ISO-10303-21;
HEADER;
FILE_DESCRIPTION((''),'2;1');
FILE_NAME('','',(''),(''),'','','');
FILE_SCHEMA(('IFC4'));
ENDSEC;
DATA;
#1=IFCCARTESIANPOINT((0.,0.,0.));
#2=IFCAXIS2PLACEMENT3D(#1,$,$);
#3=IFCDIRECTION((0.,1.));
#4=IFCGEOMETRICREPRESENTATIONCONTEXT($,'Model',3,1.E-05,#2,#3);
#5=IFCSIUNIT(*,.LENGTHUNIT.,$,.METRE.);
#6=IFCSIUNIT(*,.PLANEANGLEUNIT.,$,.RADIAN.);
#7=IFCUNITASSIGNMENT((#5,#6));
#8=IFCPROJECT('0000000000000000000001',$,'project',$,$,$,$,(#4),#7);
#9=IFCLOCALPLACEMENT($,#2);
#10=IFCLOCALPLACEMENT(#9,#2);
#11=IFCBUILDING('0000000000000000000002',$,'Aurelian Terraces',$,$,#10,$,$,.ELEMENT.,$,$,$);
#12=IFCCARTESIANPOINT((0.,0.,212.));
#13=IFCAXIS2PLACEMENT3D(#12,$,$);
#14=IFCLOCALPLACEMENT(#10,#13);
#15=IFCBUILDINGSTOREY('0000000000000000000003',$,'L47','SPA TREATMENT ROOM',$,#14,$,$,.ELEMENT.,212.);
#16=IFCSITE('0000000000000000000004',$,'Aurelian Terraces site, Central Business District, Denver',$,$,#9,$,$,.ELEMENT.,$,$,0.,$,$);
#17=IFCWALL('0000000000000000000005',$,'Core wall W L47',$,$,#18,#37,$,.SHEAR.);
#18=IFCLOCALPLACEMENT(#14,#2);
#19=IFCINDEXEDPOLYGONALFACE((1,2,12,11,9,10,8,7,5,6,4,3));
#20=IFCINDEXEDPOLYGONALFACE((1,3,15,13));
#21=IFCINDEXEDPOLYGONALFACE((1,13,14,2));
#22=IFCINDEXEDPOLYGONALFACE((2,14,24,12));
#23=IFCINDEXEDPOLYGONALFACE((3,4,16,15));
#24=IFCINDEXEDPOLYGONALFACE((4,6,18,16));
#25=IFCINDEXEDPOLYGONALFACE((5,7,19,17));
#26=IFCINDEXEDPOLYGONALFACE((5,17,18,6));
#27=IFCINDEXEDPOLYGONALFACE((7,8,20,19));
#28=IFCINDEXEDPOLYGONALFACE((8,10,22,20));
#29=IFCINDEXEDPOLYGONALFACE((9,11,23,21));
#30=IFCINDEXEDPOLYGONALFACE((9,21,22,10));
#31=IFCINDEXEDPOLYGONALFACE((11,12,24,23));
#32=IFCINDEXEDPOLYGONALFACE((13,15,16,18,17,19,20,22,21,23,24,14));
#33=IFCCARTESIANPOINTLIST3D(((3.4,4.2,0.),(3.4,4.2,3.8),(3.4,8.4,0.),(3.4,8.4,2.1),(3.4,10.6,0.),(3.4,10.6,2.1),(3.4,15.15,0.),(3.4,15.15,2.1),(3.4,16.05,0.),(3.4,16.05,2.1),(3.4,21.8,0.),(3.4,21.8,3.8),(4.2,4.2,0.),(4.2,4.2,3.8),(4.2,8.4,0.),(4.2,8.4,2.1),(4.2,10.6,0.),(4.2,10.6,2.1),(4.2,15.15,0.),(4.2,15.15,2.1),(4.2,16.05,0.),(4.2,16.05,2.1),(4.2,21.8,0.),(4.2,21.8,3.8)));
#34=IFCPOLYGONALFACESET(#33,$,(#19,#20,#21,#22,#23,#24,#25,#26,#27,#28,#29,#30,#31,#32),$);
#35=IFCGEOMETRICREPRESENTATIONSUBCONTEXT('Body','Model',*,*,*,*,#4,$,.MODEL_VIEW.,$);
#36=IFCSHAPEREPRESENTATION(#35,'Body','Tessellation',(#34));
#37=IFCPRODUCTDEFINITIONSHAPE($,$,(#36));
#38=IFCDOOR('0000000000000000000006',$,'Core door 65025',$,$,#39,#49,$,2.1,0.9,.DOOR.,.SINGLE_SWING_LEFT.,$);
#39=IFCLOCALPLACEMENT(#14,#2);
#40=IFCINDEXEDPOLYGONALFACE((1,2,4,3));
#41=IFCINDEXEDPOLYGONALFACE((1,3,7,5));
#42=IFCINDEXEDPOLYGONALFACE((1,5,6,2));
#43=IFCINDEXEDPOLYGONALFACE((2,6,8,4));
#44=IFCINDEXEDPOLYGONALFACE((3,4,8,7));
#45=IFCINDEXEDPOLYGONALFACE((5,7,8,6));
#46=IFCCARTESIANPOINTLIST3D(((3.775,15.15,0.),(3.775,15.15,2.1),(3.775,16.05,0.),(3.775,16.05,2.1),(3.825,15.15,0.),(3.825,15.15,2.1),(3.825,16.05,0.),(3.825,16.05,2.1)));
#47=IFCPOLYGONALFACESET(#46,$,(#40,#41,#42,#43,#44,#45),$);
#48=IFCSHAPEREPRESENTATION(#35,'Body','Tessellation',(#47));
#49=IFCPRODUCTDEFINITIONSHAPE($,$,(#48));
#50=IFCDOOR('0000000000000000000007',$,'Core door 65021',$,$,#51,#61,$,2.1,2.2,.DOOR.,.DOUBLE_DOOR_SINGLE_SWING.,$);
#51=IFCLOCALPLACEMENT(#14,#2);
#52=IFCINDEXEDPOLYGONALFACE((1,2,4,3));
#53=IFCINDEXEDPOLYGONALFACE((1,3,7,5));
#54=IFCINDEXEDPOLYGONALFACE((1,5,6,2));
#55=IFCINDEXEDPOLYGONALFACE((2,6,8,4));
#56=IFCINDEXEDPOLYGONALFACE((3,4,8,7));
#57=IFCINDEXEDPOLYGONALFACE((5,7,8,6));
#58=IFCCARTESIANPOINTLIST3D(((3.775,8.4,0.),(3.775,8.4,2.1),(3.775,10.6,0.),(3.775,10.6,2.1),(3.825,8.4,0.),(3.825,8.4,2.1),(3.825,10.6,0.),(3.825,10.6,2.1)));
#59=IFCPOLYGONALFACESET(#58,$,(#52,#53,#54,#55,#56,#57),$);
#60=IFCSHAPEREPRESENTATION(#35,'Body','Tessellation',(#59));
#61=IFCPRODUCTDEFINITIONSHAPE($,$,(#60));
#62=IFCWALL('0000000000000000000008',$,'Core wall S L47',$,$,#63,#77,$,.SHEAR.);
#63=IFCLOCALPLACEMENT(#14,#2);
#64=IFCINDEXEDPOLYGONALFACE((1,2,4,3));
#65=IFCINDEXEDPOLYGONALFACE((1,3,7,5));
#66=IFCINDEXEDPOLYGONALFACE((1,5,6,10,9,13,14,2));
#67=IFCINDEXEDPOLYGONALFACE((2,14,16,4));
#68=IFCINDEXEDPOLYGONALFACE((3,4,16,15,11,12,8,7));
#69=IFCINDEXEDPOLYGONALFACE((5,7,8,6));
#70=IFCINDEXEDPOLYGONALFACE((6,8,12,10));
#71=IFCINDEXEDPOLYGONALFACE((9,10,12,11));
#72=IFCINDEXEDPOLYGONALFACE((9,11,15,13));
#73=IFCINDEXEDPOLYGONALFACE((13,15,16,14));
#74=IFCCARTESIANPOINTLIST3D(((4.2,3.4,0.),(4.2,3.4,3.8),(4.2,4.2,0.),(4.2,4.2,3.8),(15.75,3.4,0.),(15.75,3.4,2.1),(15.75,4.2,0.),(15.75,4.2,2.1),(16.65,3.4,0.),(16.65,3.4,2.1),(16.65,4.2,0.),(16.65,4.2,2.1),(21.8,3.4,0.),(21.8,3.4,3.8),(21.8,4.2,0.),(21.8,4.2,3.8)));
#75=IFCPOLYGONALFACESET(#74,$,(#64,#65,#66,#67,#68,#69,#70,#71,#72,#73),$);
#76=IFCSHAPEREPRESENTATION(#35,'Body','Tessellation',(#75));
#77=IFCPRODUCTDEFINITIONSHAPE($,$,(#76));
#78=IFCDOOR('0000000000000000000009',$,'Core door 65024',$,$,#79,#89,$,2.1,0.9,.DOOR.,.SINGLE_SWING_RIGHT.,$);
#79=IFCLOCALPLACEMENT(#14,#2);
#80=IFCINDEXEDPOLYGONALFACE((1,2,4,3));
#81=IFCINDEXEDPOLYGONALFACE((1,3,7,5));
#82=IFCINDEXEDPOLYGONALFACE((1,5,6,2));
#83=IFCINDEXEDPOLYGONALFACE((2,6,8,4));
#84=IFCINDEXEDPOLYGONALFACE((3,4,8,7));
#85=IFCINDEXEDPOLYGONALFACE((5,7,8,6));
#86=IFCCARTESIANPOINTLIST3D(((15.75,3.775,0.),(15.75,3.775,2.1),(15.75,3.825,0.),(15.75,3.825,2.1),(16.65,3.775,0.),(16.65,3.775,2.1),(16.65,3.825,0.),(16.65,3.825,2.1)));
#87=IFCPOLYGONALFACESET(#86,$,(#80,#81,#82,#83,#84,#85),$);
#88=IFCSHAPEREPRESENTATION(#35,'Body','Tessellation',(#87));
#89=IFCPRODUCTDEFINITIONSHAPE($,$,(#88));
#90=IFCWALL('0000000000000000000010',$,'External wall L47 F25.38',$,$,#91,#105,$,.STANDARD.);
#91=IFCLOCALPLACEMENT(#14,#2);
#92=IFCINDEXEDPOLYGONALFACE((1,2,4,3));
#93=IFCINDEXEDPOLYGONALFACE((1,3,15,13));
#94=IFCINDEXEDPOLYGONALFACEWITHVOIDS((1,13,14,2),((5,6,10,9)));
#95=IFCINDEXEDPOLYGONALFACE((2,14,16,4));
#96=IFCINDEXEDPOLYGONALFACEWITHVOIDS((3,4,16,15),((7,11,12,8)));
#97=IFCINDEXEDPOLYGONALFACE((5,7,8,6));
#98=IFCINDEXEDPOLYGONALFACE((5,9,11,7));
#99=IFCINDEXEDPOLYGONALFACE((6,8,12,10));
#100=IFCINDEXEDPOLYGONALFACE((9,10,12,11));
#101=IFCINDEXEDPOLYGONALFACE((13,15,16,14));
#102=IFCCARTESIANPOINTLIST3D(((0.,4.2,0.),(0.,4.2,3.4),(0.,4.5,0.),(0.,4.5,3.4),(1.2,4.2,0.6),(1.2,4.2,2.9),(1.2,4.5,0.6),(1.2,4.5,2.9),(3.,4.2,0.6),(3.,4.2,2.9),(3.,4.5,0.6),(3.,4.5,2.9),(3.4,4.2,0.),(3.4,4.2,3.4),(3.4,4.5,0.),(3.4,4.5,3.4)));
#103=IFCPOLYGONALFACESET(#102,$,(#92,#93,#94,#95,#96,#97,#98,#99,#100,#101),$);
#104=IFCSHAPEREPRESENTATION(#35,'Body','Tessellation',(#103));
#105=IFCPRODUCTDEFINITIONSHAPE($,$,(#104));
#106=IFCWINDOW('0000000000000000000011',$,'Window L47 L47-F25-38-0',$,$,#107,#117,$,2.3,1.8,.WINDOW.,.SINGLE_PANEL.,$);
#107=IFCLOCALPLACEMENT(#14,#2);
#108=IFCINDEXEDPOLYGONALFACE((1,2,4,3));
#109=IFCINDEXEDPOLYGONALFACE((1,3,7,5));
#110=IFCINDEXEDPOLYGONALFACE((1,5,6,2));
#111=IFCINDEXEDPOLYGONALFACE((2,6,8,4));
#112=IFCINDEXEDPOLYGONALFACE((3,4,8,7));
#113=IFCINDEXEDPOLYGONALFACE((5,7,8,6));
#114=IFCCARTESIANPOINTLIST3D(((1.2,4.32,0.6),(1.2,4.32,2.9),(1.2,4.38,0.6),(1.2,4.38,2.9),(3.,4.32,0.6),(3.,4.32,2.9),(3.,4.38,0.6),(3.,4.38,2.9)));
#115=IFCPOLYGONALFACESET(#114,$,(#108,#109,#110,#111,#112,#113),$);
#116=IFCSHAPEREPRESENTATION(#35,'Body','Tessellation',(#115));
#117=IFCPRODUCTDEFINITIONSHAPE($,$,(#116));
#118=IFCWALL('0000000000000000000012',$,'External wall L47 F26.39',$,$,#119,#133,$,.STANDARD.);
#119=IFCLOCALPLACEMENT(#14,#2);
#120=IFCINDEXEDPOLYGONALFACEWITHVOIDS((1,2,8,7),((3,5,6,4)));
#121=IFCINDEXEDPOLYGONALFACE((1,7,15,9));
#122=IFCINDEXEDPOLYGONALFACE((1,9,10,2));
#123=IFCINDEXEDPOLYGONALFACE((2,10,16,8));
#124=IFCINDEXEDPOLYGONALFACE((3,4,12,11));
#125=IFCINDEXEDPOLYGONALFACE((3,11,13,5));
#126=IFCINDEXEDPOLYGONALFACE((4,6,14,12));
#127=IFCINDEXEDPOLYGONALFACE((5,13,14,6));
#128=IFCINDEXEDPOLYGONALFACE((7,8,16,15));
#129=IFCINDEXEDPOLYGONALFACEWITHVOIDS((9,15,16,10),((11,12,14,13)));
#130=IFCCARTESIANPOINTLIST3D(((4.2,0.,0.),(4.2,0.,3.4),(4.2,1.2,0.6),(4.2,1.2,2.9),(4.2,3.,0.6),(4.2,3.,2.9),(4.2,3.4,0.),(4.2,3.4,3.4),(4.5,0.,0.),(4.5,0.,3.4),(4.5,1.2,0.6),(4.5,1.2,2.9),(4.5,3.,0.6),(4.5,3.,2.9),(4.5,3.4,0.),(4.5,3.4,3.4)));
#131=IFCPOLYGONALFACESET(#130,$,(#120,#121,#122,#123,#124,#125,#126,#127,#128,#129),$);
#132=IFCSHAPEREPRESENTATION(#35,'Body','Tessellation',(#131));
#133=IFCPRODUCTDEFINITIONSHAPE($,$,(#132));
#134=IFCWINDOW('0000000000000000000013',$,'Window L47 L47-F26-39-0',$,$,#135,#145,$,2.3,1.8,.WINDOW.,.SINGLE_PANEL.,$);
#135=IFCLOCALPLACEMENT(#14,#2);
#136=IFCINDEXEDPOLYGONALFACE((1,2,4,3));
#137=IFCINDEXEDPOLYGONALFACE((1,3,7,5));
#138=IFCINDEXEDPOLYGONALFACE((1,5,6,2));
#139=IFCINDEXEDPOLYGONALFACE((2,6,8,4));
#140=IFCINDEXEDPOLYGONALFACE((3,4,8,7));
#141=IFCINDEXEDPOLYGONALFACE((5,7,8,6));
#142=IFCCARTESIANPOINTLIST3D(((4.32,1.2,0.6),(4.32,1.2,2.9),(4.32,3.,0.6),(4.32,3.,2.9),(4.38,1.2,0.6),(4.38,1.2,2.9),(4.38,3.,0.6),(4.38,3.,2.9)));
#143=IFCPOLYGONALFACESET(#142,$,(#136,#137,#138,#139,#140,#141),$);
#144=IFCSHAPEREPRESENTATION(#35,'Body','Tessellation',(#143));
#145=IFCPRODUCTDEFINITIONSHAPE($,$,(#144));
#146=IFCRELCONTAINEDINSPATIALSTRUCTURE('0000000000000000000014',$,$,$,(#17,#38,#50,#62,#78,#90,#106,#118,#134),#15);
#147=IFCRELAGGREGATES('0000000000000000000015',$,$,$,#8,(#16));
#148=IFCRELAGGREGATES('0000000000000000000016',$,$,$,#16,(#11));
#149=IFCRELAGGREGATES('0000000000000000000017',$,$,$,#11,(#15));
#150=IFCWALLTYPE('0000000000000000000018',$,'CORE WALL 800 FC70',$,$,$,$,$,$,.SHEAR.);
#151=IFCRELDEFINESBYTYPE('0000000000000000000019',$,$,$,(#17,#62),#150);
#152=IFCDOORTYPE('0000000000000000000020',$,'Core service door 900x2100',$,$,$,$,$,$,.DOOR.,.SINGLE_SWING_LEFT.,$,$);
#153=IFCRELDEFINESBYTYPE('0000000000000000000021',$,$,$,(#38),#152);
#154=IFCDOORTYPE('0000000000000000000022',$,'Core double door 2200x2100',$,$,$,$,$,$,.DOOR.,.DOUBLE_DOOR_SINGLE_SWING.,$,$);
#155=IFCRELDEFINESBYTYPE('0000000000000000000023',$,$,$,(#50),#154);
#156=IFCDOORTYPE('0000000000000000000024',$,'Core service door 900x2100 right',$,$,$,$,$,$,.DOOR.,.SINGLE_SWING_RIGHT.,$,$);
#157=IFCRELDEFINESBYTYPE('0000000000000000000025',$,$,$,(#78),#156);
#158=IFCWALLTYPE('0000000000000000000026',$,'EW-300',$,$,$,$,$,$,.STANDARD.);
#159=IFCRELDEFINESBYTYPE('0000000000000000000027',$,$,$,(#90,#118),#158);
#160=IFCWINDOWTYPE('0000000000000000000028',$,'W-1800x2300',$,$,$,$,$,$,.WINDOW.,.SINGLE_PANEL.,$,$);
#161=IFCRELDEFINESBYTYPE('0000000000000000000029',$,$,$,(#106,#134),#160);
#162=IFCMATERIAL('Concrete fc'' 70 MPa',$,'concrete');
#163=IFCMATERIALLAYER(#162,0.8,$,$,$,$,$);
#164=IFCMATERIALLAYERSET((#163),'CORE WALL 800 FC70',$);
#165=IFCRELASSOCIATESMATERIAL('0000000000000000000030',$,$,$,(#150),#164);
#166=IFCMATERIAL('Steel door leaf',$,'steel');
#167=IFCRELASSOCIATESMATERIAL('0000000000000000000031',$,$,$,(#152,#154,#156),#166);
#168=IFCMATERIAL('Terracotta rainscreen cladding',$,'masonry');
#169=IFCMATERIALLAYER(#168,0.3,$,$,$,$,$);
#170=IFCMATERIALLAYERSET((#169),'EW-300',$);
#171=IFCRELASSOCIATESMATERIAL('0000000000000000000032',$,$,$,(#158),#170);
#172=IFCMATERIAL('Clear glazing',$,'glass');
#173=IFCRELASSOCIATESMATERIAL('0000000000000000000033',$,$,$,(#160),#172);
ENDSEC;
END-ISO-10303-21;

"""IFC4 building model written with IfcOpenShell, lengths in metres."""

from ifc_helpers import new_model, si_unit, direction, frame, frame_2d, origin, place, context, subcontext, project, spatial, rectangle, extrude, source, transform, mapped, material, layer, layer_set, type_object, element, fill, save


model = new_model("IFC4")

# Units and contexts
model_context = context("Model", 3, precision=1e-05, world=origin(), true_north=direction((0.0, 1.0)))
body_context = subcontext(model_context, "Body", "Model", "MODEL_VIEW")
ifc_project = project(units=[si_unit("LENGTHUNIT", "METRE"), si_unit("PLANEANGLEUNIT", "RADIAN")], contexts=[model_context])

# Site, building, storey
site_placement = place(None, origin())
site = spatial("IfcSite", under=ifc_project, at=site_placement, Name="Aurelian Terraces site, Central Business District, Denver", CompositionType="ELEMENT", RefElevation=0.0)
building_placement = place(site_placement, origin())
building = spatial("IfcBuilding", under=site, at=building_placement, Name="Aurelian Terraces", CompositionType="ELEMENT")
storey_placement = place(building_placement, frame((0.0, 0.0, 212.0)))
storey = spatial("IfcBuildingStorey", under=building, at=storey_placement, Name="L47", Description="SPA TREATMENT ROOM", CompositionType="ELEMENT", Elevation=212.0)

# Wall, openings, doors
ifc_material_1 = material(Name="Concrete fc' 70 MPa", Category="concrete")
ifc_layer_1 = layer(ifc_material_1, 0.8)
ifc_layer_set_1 = layer_set([ifc_layer_1], Name="CORE WALL 800 FC70")
wall_type_1 = type_object("IfcWallType", Name="CORE WALL 800 FC70", PredefinedType="SHEAR", material=ifc_layer_set_1)
shared_shape_1 = source(origin(), body_context, "Body", "SweptSolid", [
    extrude(rectangle(XDim=17.6, YDim=0.8, at=frame_2d((8.8, 0.0))), origin(), (0.0, 0.0, 1.0), 3.8),
])
wall_1_placement = place(storey_placement, frame((3.8, 4.2, 0.0), z_axis=(0.0, 0.0, 1.0), x_axis=(0.0, 1.0, 0.0)))
wall_1 = element("IfcWall", 1, at=wall_1_placement, inside=storey, type_object=wall_type_1, Name="Core wall W L47", PredefinedType="SHEAR", context=body_context, shape_type="MappedRepresentation", body=[
    mapped(shared_shape_1, transform((0.0, 0.0, 0.0), scale=1.0)),
])
shared_shape_2 = source(origin(), body_context, "Body", "SweptSolid", [
    extrude(rectangle(XDim=2.2, YDim=2.1, at=frame_2d((1.1, 1.05))), frame((0.0, 0.41, 0.0), z_axis=(0.0, -1.0, 0.0), x_axis=(1.0, 0.0, 0.0)), (0.0, 0.0, 1.0), 0.82),
])
opening_1_placement = place(wall_1_placement, frame((4.2, 0.0, 0.0)))
opening_1 = element("IfcOpeningElement", 2, at=opening_1_placement, cuts=wall_1, PredefinedType="OPENING", context=body_context, shape_type="MappedRepresentation", body=[
    mapped(shared_shape_2, transform((0.0, 0.0, 0.0), scale=1.0)),
])
shared_shape_3 = source(origin(), body_context, "Body", "SweptSolid", [
    extrude(rectangle(XDim=0.9, YDim=2.1, at=frame_2d((0.45, 1.05))), frame((0.0, 0.41, 0.0), z_axis=(0.0, -1.0, 0.0), x_axis=(1.0, 0.0, 0.0)), (0.0, 0.0, 1.0), 0.82),
])
opening_2_placement = place(wall_1_placement, frame((10.95, 0.0, 0.0)))
opening_2 = element("IfcOpeningElement", 3, at=opening_2_placement, cuts=wall_1, PredefinedType="OPENING", context=body_context, shape_type="MappedRepresentation", body=[
    mapped(shared_shape_3, transform((0.0, 0.0, 0.0), scale=1.0)),
])
ifc_material_2 = material(Name="Steel door leaf", Category="steel")
door_type_1 = type_object("IfcDoorType", Name="Core service door 900x2100", OperationType="SINGLE_SWING_LEFT", PredefinedType="DOOR", material=ifc_material_2)
shared_shape_4 = source(origin(), body_context, "Body", "SweptSolid", [
    extrude(rectangle(XDim=0.9, YDim=2.1, at=frame_2d((0.45, 1.05))), frame((0.0, 0.025, 0.0), z_axis=(0.0, -1.0, 0.0), x_axis=(1.0, 0.0, 0.0)), (0.0, 0.0, 1.0), 0.05),
])
door_1_placement = place(opening_2_placement, origin())
door_1 = element("IfcDoor", 4, at=door_1_placement, inside=storey, type_object=door_type_1, Name="Core door 65025", OperationType="SINGLE_SWING_LEFT", OverallHeight=2.1, OverallWidth=0.9, PredefinedType="DOOR", context=body_context, shape_type="MappedRepresentation", body=[
    mapped(shared_shape_4, transform((0.0, 0.0, 0.0), scale=1.0)),
])
fill(opening_2, door_1)
door_type_2 = type_object("IfcDoorType", Name="Core double door 2200x2100", OperationType="DOUBLE_DOOR_SINGLE_SWING", PredefinedType="DOOR", material=ifc_material_2)
shared_shape_5 = source(origin(), body_context, "Body", "SweptSolid", [
    extrude(rectangle(XDim=2.2, YDim=2.1, at=frame_2d((1.1, 1.05))), frame((0.0, 0.025, 0.0), z_axis=(0.0, -1.0, 0.0), x_axis=(1.0, 0.0, 0.0)), (0.0, 0.0, 1.0), 0.05),
])
door_2_placement = place(opening_1_placement, origin())
door_2 = element("IfcDoor", 5, at=door_2_placement, inside=storey, type_object=door_type_2, Name="Core door 65021", OperationType="DOUBLE_DOOR_SINGLE_SWING", OverallHeight=2.1, OverallWidth=2.2, PredefinedType="DOOR", context=body_context, shape_type="MappedRepresentation", body=[
    mapped(shared_shape_5, transform((0.0, 0.0, 0.0), scale=1.0)),
])
fill(opening_1, door_2)

# Wall, opening, door
wall_2_placement = place(storey_placement, frame((4.2, 3.8, 0.0), z_axis=(0.0, 0.0, 1.0), x_axis=(1.0, 0.0, 0.0)))
wall_2 = element("IfcWall", 6, at=wall_2_placement, inside=storey, type_object=wall_type_1, Name="Core wall S L47", PredefinedType="SHEAR", context=body_context, shape_type="MappedRepresentation", body=[
    mapped(shared_shape_1, transform((0.0, 0.0, 0.0), scale=1.0)),
])
opening_3_placement = place(wall_2_placement, frame((11.55, 0.0, 0.0)))
opening_3 = element("IfcOpeningElement", 7, at=opening_3_placement, cuts=wall_2, PredefinedType="OPENING", context=body_context, shape_type="MappedRepresentation", body=[
    mapped(shared_shape_3, transform((0.0, 0.0, 0.0), scale=1.0)),
])
door_type_3 = type_object("IfcDoorType", Name="Core service door 900x2100 right", OperationType="SINGLE_SWING_RIGHT", PredefinedType="DOOR", material=ifc_material_2)
door_3_placement = place(opening_3_placement, origin())
door_3 = element("IfcDoor", 8, at=door_3_placement, inside=storey, type_object=door_type_3, Name="Core door 65024", OperationType="SINGLE_SWING_RIGHT", OverallHeight=2.1, OverallWidth=0.9, PredefinedType="DOOR", context=body_context, shape_type="MappedRepresentation", body=[
    mapped(shared_shape_4, transform((0.0, 0.0, 0.0), scale=1.0)),
])
fill(opening_3, door_3)

# Walls, openings, windows
ifc_material_3 = material(Name="Terracotta rainscreen cladding", Category="masonry")
ifc_layer_2 = layer(ifc_material_3, 0.3)
ifc_layer_set_2 = layer_set([ifc_layer_2], Name="EW-300")
wall_type_2 = type_object("IfcWallType", Name="EW-300", PredefinedType="STANDARD", material=ifc_layer_set_2)
shared_shape_6 = source(origin(), body_context, "Body", "SweptSolid", [
    extrude(rectangle(XDim=3.4, YDim=0.3, at=frame_2d((1.7, 0.0))), origin(), (0.0, 0.0, 1.0), 3.4),
])
wall_3_placement = place(storey_placement, frame((0.0, 4.35, 0.0), z_axis=(0.0, 0.0, 1.0), x_axis=(1.0, 0.0, 0.0)))
wall_3 = element("IfcWall", 9, at=wall_3_placement, inside=storey, type_object=wall_type_2, Name="External wall L47 F25.38", PredefinedType="STANDARD", context=body_context, shape_type="MappedRepresentation", body=[
    mapped(shared_shape_6, transform((0.0, 0.0, 0.0), scale=1.0)),
])
shared_shape_7 = source(origin(), body_context, "Body", "SweptSolid", [
    extrude(rectangle(XDim=1.8, YDim=2.3, at=frame_2d((0.9, 1.15))), frame((0.0, 0.16, 0.0), z_axis=(0.0, -1.0, 0.0), x_axis=(1.0, 0.0, 0.0)), (0.0, 0.0, 1.0), 0.32),
])
opening_4_placement = place(wall_3_placement, frame((1.2, 0.0, 0.6)))
opening_4 = element("IfcOpeningElement", 10, at=opening_4_placement, cuts=wall_3, PredefinedType="OPENING", context=body_context, shape_type="MappedRepresentation", body=[
    mapped(shared_shape_7, transform((0.0, 0.0, 0.0), scale=1.0)),
])
ifc_material_4 = material(Name="Clear glazing", Category="glass")
window_type = type_object("IfcWindowType", Name="W-1800x2300", PartitioningType="SINGLE_PANEL", PredefinedType="WINDOW", material=ifc_material_4)
shared_shape_8 = source(origin(), body_context, "Body", "SweptSolid", [
    extrude(rectangle(XDim=1.8, YDim=2.3, at=frame_2d((0.9, 1.15))), frame((0.0, 0.03, 0.0), z_axis=(0.0, -1.0, 0.0), x_axis=(1.0, 0.0, 0.0)), (0.0, 0.0, 1.0), 0.06),
])
window_1_placement = place(opening_4_placement, origin())
window_1 = element("IfcWindow", 11, at=window_1_placement, inside=storey, type_object=window_type, Name="Window L47 L47-F25-38-0", OverallHeight=2.3, OverallWidth=1.8, PartitioningType="SINGLE_PANEL", PredefinedType="WINDOW", context=body_context, shape_type="MappedRepresentation", body=[
    mapped(shared_shape_8, transform((0.0, 0.0, 0.0), scale=1.0)),
])
fill(opening_4, window_1)
wall_4_placement = place(storey_placement, frame((4.35, 3.4, 0.0), z_axis=(0.0, 0.0, 1.0), x_axis=(0.0, -1.0, 0.0)))
wall_4 = element("IfcWall", 12, at=wall_4_placement, inside=storey, type_object=wall_type_2, Name="External wall L47 F26.39", PredefinedType="STANDARD", context=body_context, shape_type="MappedRepresentation", body=[
    mapped(shared_shape_6, transform((0.0, 0.0, 0.0), scale=1.0)),
])
opening_5_placement = place(wall_4_placement, frame((0.4, 0.0, 0.6)))
opening_5 = element("IfcOpeningElement", 13, at=opening_5_placement, cuts=wall_4, PredefinedType="OPENING", context=body_context, shape_type="MappedRepresentation", body=[
    mapped(shared_shape_7, transform((0.0, 0.0, 0.0), scale=1.0)),
])
window_2_placement = place(opening_5_placement, origin())
window_2 = element("IfcWindow", 14, at=window_2_placement, inside=storey, type_object=window_type, Name="Window L47 L47-F26-39-0", OverallHeight=2.3, OverallWidth=1.8, PartitioningType="SINGLE_PANEL", PredefinedType="WINDOW", context=body_context, shape_type="MappedRepresentation", body=[
    mapped(shared_shape_8, transform((0.0, 0.0, 0.0), scale=1.0)),
])
fill(opening_5, window_2)

save(model, "model.ifc")
